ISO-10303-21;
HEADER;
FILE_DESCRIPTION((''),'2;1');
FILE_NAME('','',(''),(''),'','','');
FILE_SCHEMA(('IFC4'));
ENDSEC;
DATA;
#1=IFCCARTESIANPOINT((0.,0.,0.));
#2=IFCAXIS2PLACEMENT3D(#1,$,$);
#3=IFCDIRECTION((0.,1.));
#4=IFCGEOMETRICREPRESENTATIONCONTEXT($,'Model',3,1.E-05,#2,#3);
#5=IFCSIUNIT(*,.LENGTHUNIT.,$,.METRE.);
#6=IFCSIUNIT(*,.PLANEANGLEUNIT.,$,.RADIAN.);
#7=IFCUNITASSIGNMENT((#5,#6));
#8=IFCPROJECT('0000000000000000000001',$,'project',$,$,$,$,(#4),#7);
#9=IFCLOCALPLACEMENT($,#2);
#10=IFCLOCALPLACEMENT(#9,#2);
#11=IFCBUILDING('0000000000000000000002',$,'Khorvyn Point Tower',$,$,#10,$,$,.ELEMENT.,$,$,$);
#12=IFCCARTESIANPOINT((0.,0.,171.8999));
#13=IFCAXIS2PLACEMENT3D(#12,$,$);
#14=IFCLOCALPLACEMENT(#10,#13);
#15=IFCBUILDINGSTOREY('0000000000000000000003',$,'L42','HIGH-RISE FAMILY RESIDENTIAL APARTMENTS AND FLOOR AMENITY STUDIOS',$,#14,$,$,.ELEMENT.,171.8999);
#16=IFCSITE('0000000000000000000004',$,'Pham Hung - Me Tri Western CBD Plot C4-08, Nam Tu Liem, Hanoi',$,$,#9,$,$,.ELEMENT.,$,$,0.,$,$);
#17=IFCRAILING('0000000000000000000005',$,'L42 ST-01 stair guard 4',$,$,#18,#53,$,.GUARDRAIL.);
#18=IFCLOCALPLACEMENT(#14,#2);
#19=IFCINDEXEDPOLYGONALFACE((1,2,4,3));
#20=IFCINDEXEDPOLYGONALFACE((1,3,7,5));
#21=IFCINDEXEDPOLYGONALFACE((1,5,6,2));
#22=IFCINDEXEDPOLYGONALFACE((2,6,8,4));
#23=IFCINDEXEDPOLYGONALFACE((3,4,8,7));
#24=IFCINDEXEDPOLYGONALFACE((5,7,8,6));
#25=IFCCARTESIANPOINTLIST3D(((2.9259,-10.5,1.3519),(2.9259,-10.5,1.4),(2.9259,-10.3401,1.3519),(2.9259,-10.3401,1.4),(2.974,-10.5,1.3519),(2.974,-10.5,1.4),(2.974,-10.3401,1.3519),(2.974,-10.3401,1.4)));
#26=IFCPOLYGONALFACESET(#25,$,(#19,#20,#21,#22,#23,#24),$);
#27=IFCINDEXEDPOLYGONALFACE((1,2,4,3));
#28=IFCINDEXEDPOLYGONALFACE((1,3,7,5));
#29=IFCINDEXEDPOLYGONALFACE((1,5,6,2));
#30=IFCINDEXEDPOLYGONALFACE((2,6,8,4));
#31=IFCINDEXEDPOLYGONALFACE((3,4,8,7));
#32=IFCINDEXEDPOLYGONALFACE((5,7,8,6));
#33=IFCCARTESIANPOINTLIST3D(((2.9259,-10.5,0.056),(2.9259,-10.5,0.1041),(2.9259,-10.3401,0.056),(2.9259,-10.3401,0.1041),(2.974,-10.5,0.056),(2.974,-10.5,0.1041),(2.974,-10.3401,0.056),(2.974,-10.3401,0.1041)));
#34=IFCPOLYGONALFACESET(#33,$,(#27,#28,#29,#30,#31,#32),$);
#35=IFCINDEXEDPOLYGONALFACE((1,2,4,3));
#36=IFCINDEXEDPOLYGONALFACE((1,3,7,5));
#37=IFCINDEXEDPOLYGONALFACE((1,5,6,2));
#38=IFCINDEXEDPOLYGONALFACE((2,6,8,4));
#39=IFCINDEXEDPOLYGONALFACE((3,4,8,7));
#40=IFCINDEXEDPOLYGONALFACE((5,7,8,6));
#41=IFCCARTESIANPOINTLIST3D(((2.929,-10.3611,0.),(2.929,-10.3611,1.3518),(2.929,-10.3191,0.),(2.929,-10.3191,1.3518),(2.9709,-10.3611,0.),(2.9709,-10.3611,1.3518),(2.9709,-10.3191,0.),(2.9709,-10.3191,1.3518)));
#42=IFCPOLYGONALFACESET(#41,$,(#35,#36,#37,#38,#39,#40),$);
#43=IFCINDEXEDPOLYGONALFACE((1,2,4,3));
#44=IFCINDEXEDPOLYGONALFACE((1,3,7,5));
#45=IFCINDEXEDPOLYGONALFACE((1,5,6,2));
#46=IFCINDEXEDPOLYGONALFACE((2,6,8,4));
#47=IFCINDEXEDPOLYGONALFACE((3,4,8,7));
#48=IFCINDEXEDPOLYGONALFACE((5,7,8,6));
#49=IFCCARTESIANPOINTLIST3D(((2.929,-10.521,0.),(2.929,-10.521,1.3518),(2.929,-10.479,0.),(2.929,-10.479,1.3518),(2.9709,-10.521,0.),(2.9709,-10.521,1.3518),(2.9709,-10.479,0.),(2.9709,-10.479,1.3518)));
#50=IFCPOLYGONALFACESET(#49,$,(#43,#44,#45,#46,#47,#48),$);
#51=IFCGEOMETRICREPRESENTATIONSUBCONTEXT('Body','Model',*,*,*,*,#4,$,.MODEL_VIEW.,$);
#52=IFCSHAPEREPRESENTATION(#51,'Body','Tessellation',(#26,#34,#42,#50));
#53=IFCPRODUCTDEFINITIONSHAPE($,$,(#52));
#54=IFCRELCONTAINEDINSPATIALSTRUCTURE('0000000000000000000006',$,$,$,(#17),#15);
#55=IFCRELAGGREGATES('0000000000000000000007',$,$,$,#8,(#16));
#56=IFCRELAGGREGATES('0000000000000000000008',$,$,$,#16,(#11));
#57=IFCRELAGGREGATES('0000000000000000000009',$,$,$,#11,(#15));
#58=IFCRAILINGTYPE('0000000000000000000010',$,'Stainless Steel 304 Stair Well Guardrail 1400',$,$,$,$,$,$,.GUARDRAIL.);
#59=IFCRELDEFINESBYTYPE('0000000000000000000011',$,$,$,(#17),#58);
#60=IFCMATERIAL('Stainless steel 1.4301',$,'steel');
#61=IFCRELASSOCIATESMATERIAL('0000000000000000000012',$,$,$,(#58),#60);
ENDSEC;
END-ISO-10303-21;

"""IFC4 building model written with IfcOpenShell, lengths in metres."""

from ifc_helpers import new_model, si_unit, direction, frame, origin, origin_2d, place, context, subcontext, project, spatial, rectangle, extrude, material, type_object, element, save


model = new_model("IFC4")

# Units and contexts
model_context = context("Model", 3, precision=1e-05, world=origin(), true_north=direction((0.0, 1.0)))
body_context = subcontext(model_context, "Body", "Model", "MODEL_VIEW")
ifc_project = project(units=[si_unit("LENGTHUNIT", "METRE"), si_unit("PLANEANGLEUNIT", "RADIAN")], contexts=[model_context])

# Site, building, storey
site_placement = place(None, origin())
site = spatial("IfcSite", under=ifc_project, at=site_placement, Name="Pham Hung - Me Tri Western CBD Plot C4-08, Nam Tu Liem, Hanoi", CompositionType="ELEMENT", RefElevation=0.0)
building_placement = place(site_placement, origin())
building = spatial("IfcBuilding", under=site, at=building_placement, Name="Khorvyn Point Tower", CompositionType="ELEMENT")
storey_placement = place(building_placement, frame((0.0, 0.0, 171.8999)))
storey = spatial("IfcBuildingStorey", under=building, at=storey_placement, Name="L42", Description="HIGH-RISE FAMILY RESIDENTIAL APARTMENTS AND FLOOR AMENITY STUDIOS", CompositionType="ELEMENT", Elevation=171.8999)

# Shared definitions
ifc_material_1 = material(Name="Stainless steel 1.4301", Category="steel")

# Railing
railing_type_1 = type_object("IfcRailingType", Name="Stainless Steel 304 Stair Well Guardrail 1400", PredefinedType="GUARDRAIL", material=ifc_material_1)
railing_1_placement = place(storey_placement, frame((2.95, -10.3401, 0.0)))
element("IfcRailing", 1, at=railing_1_placement, inside=storey, type_object=railing_type_1, Name="L42 ST-01 stair guard 4", PredefinedType="GUARDRAIL", context=body_context, shape_type="SweptSolid", body=[
    extrude(rectangle(XDim=0.0481, YDim=0.0481, at=origin_2d()), frame((0.0, 0.0, 1.376), z_axis=(0.0, -1.0, 0.0), x_axis=(1.0, 0.0, 0.0)), (0.0, 0.0, 1.0), 0.1599),
    extrude(rectangle(XDim=0.0481, YDim=0.0481, at=origin_2d()), frame((0.0, 0.0, 0.0801), z_axis=(0.0, -1.0, 0.0), x_axis=(1.0, 0.0, 0.0)), (0.0, 0.0, 1.0), 0.1599),
    extrude(rectangle(XDim=0.042, YDim=0.042, at=origin_2d()), origin(), (0.0, 0.0, 1.0), 1.3518),
    extrude(rectangle(XDim=0.042, YDim=0.042, at=origin_2d()), frame((0.0, -0.1599, 0.0)), (0.0, 0.0, 1.0), 1.3518),
])

save(model, "model.ifc")
